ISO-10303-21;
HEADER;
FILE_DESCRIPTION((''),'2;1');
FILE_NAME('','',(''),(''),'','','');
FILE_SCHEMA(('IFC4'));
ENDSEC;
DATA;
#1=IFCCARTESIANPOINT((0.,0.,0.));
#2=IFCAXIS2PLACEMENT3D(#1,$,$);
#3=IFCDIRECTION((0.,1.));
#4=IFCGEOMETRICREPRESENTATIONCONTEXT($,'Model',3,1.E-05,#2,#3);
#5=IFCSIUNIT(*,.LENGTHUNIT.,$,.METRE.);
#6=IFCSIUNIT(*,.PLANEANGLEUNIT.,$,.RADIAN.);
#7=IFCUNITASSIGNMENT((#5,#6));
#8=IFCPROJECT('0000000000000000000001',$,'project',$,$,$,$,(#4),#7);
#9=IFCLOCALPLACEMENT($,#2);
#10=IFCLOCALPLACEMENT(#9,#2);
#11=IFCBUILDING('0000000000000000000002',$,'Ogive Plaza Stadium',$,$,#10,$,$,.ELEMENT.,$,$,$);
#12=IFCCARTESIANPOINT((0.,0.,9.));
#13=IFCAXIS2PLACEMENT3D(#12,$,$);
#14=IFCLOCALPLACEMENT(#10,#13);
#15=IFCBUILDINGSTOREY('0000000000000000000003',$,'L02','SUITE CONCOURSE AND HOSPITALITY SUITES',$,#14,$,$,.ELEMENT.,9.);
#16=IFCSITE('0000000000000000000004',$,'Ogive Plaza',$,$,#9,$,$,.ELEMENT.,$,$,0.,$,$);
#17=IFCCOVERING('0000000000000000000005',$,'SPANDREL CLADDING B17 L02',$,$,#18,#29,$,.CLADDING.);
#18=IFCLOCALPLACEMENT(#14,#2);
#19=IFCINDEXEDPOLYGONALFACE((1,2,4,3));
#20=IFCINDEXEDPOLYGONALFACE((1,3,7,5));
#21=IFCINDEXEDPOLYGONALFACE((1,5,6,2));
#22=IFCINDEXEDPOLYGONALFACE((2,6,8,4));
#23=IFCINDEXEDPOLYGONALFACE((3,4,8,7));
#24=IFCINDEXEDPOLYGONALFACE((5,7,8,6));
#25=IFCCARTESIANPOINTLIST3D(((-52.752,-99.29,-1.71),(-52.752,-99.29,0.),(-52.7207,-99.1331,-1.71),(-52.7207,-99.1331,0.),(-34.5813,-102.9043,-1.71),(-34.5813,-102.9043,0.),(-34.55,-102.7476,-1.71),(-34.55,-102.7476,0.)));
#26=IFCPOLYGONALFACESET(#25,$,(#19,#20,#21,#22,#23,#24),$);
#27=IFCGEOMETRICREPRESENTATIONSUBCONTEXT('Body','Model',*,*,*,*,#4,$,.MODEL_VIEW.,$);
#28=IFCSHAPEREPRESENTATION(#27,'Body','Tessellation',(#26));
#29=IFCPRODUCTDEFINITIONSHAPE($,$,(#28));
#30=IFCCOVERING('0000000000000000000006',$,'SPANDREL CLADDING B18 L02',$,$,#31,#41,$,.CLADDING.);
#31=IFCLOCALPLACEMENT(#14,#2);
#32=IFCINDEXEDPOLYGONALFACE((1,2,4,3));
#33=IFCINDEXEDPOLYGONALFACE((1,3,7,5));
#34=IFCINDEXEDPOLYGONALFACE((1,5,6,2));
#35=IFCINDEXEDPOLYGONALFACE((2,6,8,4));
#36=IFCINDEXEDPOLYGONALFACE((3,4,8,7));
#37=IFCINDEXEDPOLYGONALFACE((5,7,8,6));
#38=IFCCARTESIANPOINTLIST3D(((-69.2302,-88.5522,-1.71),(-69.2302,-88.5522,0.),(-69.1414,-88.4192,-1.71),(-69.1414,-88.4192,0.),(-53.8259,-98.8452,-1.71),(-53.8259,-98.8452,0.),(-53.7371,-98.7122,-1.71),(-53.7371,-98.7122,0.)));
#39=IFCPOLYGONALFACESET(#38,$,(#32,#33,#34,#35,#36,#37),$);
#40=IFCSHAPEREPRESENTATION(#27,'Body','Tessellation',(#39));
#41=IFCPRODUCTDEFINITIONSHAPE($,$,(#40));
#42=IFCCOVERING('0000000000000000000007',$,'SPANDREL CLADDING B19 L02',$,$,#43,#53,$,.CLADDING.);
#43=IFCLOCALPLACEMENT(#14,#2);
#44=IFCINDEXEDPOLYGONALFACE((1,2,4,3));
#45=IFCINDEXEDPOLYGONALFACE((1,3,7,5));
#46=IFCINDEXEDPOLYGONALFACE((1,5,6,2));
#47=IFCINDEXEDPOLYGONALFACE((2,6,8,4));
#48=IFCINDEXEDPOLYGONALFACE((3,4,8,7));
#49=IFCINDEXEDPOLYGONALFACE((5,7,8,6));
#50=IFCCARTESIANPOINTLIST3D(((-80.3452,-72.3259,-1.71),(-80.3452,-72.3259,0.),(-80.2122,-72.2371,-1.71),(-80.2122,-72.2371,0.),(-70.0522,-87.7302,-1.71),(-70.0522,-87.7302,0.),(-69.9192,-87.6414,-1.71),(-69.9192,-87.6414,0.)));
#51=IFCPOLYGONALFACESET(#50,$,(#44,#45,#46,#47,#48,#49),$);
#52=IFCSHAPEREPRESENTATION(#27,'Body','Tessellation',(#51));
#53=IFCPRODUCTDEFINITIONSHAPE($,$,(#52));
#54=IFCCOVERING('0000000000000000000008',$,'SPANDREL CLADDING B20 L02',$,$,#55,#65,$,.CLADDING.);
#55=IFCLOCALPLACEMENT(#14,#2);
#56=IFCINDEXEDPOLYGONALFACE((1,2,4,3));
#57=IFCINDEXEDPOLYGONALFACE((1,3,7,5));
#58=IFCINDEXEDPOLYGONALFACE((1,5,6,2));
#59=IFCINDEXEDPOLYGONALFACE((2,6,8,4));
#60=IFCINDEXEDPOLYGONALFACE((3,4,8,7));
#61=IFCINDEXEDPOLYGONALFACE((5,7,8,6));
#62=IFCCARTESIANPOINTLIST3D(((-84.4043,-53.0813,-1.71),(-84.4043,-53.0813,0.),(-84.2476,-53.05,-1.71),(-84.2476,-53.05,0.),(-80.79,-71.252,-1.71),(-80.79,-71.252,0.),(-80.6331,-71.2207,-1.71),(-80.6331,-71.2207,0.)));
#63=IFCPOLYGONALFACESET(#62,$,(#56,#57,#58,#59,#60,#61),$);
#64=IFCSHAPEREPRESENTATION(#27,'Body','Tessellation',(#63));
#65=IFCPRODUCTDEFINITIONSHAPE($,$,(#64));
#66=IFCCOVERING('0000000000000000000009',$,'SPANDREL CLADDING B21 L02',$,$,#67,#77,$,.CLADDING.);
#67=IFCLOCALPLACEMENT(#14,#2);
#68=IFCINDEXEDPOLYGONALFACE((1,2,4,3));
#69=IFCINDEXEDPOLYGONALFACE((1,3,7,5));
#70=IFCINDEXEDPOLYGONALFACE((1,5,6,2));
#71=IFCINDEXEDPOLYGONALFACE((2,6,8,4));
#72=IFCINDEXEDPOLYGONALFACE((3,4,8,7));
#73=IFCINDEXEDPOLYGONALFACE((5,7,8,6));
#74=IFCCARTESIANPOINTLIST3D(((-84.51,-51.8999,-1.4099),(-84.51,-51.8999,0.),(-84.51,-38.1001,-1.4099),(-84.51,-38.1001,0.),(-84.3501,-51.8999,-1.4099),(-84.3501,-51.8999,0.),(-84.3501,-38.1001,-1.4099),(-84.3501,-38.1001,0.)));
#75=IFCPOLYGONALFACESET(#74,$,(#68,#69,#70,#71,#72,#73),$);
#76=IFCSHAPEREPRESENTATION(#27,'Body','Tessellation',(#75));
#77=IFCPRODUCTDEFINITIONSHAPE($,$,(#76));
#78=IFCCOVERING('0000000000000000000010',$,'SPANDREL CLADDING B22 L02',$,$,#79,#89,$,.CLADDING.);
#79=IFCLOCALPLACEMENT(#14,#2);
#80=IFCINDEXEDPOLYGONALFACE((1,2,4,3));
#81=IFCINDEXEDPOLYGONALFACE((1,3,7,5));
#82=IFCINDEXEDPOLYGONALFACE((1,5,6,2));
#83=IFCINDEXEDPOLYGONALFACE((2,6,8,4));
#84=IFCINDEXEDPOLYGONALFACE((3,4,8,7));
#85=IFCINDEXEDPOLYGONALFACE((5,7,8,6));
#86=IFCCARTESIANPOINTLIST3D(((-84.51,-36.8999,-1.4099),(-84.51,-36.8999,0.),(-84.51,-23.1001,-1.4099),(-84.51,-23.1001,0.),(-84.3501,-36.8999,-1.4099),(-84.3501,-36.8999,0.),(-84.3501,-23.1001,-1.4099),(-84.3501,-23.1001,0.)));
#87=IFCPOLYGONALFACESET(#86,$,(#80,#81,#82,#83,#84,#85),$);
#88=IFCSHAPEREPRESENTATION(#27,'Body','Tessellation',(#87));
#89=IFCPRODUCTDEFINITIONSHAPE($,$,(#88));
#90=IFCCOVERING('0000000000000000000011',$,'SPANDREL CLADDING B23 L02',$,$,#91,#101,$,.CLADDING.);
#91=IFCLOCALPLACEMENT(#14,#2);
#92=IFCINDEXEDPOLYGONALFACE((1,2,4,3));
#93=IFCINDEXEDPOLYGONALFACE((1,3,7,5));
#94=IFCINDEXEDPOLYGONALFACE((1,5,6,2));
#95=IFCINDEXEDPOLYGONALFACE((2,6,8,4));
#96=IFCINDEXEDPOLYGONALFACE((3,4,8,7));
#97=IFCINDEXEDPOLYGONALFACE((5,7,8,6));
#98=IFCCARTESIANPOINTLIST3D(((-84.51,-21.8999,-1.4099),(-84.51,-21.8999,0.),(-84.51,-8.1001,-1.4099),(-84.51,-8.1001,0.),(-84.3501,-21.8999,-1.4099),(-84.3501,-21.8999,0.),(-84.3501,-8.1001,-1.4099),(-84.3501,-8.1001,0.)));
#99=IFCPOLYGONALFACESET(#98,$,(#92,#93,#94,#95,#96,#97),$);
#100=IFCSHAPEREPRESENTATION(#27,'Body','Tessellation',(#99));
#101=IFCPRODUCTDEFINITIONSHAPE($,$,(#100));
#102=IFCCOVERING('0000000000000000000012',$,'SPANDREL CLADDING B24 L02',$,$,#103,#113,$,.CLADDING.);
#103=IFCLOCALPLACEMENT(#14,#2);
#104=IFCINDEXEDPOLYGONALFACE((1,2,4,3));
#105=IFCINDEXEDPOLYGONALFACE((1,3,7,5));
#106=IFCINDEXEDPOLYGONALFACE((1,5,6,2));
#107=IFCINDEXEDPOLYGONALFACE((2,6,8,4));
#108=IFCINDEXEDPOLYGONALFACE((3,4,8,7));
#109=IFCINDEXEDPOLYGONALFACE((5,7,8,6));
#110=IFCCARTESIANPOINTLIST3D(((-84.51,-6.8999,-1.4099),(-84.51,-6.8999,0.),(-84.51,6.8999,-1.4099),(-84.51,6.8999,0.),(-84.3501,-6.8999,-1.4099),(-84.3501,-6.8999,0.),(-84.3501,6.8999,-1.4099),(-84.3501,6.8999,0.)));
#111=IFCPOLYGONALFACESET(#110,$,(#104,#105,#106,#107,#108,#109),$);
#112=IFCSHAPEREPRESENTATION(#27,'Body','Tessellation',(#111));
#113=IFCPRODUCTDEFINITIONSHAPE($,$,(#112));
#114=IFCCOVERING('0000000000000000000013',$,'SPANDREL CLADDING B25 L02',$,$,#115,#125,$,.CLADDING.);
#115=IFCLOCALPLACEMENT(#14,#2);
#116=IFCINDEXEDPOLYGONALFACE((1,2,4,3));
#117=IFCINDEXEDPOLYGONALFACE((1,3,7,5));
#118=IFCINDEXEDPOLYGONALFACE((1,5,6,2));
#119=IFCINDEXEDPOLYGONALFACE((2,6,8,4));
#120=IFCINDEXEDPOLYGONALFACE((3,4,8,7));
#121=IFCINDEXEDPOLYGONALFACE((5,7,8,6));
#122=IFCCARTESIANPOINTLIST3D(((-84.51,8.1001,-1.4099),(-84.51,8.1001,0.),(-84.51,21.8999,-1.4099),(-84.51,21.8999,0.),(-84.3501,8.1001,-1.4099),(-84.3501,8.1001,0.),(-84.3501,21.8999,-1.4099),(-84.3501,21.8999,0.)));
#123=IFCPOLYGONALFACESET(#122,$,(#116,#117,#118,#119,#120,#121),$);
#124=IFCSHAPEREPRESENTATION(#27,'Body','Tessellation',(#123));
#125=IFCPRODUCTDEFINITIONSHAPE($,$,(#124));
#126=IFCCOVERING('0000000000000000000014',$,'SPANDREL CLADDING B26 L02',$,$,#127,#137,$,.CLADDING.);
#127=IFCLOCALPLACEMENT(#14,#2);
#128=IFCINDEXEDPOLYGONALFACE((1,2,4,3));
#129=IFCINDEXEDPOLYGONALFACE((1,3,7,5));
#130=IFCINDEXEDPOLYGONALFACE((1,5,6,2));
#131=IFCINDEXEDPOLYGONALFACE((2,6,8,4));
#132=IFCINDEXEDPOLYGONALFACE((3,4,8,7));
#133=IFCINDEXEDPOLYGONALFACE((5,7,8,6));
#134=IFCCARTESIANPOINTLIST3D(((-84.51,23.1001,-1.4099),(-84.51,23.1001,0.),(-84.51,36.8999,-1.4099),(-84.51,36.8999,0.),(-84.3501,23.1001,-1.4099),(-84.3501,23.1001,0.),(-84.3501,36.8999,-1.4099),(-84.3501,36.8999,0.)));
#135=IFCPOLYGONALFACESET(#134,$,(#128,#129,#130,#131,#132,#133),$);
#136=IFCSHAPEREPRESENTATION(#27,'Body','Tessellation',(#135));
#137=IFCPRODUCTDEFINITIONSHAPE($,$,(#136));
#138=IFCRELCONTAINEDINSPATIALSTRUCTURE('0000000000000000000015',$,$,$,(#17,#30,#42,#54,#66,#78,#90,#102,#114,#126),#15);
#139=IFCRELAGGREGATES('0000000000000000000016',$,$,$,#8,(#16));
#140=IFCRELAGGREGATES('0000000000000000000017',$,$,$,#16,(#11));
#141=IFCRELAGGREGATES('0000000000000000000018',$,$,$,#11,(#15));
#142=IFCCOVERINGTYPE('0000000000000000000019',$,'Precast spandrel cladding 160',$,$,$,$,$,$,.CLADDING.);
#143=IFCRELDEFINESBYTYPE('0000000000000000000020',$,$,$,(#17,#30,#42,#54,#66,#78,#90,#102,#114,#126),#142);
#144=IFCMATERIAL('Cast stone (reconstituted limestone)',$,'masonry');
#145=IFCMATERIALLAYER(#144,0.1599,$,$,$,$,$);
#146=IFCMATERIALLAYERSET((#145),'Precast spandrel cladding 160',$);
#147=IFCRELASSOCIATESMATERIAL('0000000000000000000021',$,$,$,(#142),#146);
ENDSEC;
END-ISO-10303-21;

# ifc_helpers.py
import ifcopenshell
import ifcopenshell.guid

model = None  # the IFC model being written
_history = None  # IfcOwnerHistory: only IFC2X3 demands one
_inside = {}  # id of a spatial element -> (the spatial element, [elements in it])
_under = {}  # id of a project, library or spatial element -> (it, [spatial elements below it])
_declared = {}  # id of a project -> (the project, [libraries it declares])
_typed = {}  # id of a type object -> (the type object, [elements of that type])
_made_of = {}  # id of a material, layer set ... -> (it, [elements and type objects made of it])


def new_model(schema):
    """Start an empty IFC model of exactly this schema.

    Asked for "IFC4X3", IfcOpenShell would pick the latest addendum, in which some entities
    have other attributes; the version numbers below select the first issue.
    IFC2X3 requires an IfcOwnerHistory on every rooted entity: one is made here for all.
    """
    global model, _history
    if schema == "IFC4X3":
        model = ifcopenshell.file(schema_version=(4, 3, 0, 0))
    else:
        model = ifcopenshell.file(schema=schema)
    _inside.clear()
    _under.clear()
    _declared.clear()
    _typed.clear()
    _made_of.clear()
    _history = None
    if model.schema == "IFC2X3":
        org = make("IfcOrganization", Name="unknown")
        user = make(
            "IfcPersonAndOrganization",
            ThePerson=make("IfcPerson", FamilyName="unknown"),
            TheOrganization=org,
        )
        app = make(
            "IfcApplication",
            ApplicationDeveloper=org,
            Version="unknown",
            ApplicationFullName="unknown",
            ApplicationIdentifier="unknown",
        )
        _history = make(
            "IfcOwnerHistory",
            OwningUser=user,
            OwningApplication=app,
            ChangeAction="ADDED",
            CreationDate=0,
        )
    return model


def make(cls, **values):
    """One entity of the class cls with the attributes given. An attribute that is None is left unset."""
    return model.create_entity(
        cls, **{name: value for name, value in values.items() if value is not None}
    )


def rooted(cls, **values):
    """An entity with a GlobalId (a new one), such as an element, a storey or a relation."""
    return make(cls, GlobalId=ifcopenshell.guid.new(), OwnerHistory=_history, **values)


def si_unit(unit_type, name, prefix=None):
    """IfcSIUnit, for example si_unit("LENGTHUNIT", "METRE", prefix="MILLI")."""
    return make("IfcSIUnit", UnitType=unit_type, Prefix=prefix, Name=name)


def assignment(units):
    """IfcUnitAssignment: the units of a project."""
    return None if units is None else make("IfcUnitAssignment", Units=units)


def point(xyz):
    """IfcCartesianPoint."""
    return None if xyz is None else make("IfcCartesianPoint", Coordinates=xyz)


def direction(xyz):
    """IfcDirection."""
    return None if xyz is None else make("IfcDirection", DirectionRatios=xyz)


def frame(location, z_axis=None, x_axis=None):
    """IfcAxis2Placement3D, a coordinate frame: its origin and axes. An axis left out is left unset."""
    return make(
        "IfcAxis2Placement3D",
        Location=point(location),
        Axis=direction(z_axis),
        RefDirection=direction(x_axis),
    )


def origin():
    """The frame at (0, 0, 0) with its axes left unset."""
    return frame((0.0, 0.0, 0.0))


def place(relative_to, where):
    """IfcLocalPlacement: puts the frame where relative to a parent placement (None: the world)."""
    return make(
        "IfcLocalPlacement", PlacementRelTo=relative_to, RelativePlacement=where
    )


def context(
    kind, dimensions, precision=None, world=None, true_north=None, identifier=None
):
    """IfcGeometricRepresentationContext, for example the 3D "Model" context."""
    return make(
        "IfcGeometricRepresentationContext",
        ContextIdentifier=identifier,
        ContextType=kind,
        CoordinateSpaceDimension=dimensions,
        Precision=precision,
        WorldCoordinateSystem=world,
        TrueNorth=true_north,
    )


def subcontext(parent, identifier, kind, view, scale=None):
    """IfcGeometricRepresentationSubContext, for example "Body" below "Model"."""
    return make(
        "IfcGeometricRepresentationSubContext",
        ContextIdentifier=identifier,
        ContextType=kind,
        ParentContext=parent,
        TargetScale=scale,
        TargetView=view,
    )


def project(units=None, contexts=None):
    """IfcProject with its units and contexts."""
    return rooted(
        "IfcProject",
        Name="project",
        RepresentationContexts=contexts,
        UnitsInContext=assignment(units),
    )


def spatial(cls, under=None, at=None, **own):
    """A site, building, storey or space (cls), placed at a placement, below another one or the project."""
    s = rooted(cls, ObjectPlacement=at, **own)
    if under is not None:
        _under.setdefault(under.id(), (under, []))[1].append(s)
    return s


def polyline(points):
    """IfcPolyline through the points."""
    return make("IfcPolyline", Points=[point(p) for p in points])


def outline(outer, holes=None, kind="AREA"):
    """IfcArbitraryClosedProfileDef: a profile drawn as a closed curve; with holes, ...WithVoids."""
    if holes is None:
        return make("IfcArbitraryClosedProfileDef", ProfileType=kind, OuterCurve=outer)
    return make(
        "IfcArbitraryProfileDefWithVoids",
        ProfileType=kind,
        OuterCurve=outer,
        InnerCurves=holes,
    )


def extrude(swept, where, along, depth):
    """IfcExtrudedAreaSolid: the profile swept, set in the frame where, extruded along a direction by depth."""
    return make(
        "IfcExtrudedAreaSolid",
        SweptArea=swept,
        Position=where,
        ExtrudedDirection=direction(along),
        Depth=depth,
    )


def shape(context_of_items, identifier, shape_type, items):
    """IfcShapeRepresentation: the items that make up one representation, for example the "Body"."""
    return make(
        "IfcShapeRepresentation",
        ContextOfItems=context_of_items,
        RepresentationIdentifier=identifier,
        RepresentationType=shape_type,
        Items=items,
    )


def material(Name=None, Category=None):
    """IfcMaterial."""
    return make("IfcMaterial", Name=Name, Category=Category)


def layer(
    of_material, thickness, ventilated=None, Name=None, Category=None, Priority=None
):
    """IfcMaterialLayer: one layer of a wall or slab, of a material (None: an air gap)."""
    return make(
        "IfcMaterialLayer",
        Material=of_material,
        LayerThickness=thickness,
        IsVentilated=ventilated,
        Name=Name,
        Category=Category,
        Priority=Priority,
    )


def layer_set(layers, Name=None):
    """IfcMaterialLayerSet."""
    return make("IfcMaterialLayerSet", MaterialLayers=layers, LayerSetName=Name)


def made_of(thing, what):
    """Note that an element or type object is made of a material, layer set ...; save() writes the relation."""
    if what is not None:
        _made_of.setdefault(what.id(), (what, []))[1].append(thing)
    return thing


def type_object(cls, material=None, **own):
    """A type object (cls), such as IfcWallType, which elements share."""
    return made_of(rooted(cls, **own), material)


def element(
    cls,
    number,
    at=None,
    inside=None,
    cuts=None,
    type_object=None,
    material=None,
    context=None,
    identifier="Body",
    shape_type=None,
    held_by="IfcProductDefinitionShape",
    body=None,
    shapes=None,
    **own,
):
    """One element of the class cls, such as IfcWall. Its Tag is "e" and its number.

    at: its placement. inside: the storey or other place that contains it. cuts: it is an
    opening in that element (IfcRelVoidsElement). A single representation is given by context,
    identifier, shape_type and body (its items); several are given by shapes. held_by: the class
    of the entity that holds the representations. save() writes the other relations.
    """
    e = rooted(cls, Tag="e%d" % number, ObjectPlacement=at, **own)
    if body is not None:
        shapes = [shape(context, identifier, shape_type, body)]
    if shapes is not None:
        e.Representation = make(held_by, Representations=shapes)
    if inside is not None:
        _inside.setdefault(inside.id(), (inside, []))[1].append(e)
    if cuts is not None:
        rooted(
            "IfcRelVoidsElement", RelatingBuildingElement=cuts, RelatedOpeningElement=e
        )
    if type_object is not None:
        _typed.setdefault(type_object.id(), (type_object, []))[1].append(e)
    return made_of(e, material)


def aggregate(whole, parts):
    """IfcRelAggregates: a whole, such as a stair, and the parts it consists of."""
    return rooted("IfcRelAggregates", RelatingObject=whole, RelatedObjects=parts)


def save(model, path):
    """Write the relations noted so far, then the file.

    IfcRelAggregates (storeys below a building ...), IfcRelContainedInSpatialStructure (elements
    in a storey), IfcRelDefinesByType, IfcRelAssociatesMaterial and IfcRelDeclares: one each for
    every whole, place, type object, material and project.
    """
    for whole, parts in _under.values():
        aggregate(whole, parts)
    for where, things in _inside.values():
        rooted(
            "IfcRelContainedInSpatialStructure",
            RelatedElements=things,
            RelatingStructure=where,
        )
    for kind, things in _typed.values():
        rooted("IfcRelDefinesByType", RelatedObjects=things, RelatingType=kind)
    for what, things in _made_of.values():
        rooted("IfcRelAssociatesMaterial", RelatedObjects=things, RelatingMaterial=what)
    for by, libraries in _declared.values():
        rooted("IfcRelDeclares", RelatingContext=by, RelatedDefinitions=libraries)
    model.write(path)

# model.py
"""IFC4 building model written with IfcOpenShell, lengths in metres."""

from ifc_helpers import new_model, si_unit, direction, frame, origin, place, context, subcontext, project, spatial, polyline, outline, extrude, material, layer, layer_set, type_object, element, save


model = new_model("IFC4")

# Units and contexts
model_context = context("Model", 3, precision=1e-05, world=origin(), true_north=direction((0.0, 1.0)))
body_context = subcontext(model_context, "Body", "Model", "MODEL_VIEW")
ifc_project = project(units=[si_unit("LENGTHUNIT", "METRE"), si_unit("PLANEANGLEUNIT", "RADIAN")], contexts=[model_context])

# Site, building, storey
site_placement = place(None, origin())
site = spatial("IfcSite", under=ifc_project, at=site_placement, Name="Ogive Plaza", CompositionType="ELEMENT", RefElevation=0.0)
building_placement = place(site_placement, origin())
building = spatial("IfcBuilding", under=site, at=building_placement, Name="Ogive Plaza Stadium", CompositionType="ELEMENT")
storey_placement = place(building_placement, frame((0.0, 0.0, 9.0)))
storey = spatial("IfcBuildingStorey", under=building, at=storey_placement, Name="L02", Description="SUITE CONCOURSE AND HOSPITALITY SUITES", CompositionType="ELEMENT", Elevation=9.0)

# Coverings
ifc_material_1 = material(Name="Cast stone (reconstituted limestone)", Category="masonry")
ifc_layer_1 = layer(ifc_material_1, 0.1599)
ifc_layer_set_1 = layer_set([ifc_layer_1], Name="Precast spandrel cladding 160")
covering_type = type_object("IfcCoveringType", Name="Precast spandrel cladding 160", PredefinedType="CLADDING", material=ifc_layer_set_1)
covering_1_placement = place(storey_placement, frame((0.0, 0.0, -1.71)))
element("IfcCovering", 1, at=covering_1_placement, inside=storey, type_object=covering_type, Name="SPANDREL CLADDING B17 L02", PredefinedType="CLADDING", context=body_context, shape_type="SweptSolid", body=[
    extrude(outline(polyline([(-34.55, -102.7476), (-52.7207, -99.1331), (-52.752, -99.29), (-34.5813, -102.9043), (-34.55, -102.7476)])), origin(), (0.0, 0.0, 1.0), 1.71),
])
covering_2_placement = place(storey_placement, frame((0.0, 0.0, -1.71)))
element("IfcCovering", 2, at=covering_2_placement, inside=storey, type_object=covering_type, Name="SPANDREL CLADDING B18 L02", PredefinedType="CLADDING", context=body_context, shape_type="SweptSolid", body=[
    extrude(outline(polyline([(-53.7371, -98.7122), (-69.1414, -88.4192), (-69.2302, -88.5522), (-53.8259, -98.8452), (-53.7371, -98.7122)])), origin(), (0.0, 0.0, 1.0), 1.71),
])
covering_3_placement = place(storey_placement, frame((0.0, 0.0, -1.71)))
element("IfcCovering", 3, at=covering_3_placement, inside=storey, type_object=covering_type, Name="SPANDREL CLADDING B19 L02", PredefinedType="CLADDING", context=body_context, shape_type="SweptSolid", body=[
    extrude(outline(polyline([(-69.9192, -87.6414), (-80.2122, -72.2371), (-80.3452, -72.3259), (-70.0522, -87.7302), (-69.9192, -87.6414)])), origin(), (0.0, 0.0, 1.0), 1.71),
])
covering_4_placement = place(storey_placement, frame((0.0, 0.0, -1.71)))
element("IfcCovering", 4, at=covering_4_placement, inside=storey, type_object=covering_type, Name="SPANDREL CLADDING B20 L02", PredefinedType="CLADDING", context=body_context, shape_type="SweptSolid", body=[
    extrude(outline(polyline([(-80.6331, -71.2207), (-84.2476, -53.05), (-84.4043, -53.0813), (-80.79, -71.252), (-80.6331, -71.2207)])), origin(), (0.0, 0.0, 1.0), 1.71),
])
covering_5_placement = place(storey_placement, frame((0.0, 0.0, -1.4099)))
element("IfcCovering", 5, at=covering_5_placement, inside=storey, type_object=covering_type, Name="SPANDREL CLADDING B21 L02", PredefinedType="CLADDING", context=body_context, shape_type="SweptSolid", body=[
    extrude(outline(polyline([(-84.3501, -51.8999), (-84.3501, -38.1001), (-84.51, -38.1001), (-84.51, -51.8999), (-84.3501, -51.8999)])), origin(), (0.0, 0.0, 1.0), 1.4099),
])
covering_6_placement = place(storey_placement, frame((0.0, 0.0, -1.4099)))
element("IfcCovering", 6, at=covering_6_placement, inside=storey, type_object=covering_type, Name="SPANDREL CLADDING B22 L02", PredefinedType="CLADDING", context=body_context, shape_type="SweptSolid", body=[
    extrude(outline(polyline([(-84.3501, -36.8999), (-84.3501, -23.1001), (-84.51, -23.1001), (-84.51, -36.8999), (-84.3501, -36.8999)])), origin(), (0.0, 0.0, 1.0), 1.4099),
])
covering_7_placement = place(storey_placement, frame((0.0, 0.0, -1.4099)))
element("IfcCovering", 7, at=covering_7_placement, inside=storey, type_object=covering_type, Name="SPANDREL CLADDING B23 L02", PredefinedType="CLADDING", context=body_context, shape_type="SweptSolid", body=[
    extrude(outline(polyline([(-84.3501, -21.8999), (-84.3501, -8.1001), (-84.51, -8.1001), (-84.51, -21.8999), (-84.3501, -21.8999)])), origin(), (0.0, 0.0, 1.0), 1.4099),
])
covering_8_placement = place(storey_placement, frame((0.0, 0.0, -1.4099)))
element("IfcCovering", 8, at=covering_8_placement, inside=storey, type_object=covering_type, Name="SPANDREL CLADDING B24 L02", PredefinedType="CLADDING", context=body_context, shape_type="SweptSolid", body=[
    extrude(outline(polyline([(-84.3501, -6.8999), (-84.3501, 6.8999), (-84.51, 6.8999), (-84.51, -6.8999), (-84.3501, -6.8999)])), origin(), (0.0, 0.0, 1.0), 1.4099),
])
covering_9_placement = place(storey_placement, frame((0.0, 0.0, -1.4099)))
element("IfcCovering", 9, at=covering_9_placement, inside=storey, type_object=covering_type, Name="SPANDREL CLADDING B25 L02", PredefinedType="CLADDING", context=body_context, shape_type="SweptSolid", body=[
    extrude(outline(polyline([(-84.3501, 8.1001), (-84.3501, 21.8999), (-84.51, 21.8999), (-84.51, 8.1001), (-84.3501, 8.1001)])), origin(), (0.0, 0.0, 1.0), 1.4099),
])
covering_10_placement = place(storey_placement, frame((0.0, 0.0, -1.4099)))
element("IfcCovering", 10, at=covering_10_placement, inside=storey, type_object=covering_type, Name="SPANDREL CLADDING B26 L02", PredefinedType="CLADDING", context=body_context, shape_type="SweptSolid", body=[
    extrude(outline(polyline([(-84.3501, 23.1001), (-84.3501, 36.8999), (-84.51, 36.8999), (-84.51, 23.1001), (-84.3501, 23.1001)])), origin(), (0.0, 0.0, 1.0), 1.4099),
])

save(model, "model.ifc")
